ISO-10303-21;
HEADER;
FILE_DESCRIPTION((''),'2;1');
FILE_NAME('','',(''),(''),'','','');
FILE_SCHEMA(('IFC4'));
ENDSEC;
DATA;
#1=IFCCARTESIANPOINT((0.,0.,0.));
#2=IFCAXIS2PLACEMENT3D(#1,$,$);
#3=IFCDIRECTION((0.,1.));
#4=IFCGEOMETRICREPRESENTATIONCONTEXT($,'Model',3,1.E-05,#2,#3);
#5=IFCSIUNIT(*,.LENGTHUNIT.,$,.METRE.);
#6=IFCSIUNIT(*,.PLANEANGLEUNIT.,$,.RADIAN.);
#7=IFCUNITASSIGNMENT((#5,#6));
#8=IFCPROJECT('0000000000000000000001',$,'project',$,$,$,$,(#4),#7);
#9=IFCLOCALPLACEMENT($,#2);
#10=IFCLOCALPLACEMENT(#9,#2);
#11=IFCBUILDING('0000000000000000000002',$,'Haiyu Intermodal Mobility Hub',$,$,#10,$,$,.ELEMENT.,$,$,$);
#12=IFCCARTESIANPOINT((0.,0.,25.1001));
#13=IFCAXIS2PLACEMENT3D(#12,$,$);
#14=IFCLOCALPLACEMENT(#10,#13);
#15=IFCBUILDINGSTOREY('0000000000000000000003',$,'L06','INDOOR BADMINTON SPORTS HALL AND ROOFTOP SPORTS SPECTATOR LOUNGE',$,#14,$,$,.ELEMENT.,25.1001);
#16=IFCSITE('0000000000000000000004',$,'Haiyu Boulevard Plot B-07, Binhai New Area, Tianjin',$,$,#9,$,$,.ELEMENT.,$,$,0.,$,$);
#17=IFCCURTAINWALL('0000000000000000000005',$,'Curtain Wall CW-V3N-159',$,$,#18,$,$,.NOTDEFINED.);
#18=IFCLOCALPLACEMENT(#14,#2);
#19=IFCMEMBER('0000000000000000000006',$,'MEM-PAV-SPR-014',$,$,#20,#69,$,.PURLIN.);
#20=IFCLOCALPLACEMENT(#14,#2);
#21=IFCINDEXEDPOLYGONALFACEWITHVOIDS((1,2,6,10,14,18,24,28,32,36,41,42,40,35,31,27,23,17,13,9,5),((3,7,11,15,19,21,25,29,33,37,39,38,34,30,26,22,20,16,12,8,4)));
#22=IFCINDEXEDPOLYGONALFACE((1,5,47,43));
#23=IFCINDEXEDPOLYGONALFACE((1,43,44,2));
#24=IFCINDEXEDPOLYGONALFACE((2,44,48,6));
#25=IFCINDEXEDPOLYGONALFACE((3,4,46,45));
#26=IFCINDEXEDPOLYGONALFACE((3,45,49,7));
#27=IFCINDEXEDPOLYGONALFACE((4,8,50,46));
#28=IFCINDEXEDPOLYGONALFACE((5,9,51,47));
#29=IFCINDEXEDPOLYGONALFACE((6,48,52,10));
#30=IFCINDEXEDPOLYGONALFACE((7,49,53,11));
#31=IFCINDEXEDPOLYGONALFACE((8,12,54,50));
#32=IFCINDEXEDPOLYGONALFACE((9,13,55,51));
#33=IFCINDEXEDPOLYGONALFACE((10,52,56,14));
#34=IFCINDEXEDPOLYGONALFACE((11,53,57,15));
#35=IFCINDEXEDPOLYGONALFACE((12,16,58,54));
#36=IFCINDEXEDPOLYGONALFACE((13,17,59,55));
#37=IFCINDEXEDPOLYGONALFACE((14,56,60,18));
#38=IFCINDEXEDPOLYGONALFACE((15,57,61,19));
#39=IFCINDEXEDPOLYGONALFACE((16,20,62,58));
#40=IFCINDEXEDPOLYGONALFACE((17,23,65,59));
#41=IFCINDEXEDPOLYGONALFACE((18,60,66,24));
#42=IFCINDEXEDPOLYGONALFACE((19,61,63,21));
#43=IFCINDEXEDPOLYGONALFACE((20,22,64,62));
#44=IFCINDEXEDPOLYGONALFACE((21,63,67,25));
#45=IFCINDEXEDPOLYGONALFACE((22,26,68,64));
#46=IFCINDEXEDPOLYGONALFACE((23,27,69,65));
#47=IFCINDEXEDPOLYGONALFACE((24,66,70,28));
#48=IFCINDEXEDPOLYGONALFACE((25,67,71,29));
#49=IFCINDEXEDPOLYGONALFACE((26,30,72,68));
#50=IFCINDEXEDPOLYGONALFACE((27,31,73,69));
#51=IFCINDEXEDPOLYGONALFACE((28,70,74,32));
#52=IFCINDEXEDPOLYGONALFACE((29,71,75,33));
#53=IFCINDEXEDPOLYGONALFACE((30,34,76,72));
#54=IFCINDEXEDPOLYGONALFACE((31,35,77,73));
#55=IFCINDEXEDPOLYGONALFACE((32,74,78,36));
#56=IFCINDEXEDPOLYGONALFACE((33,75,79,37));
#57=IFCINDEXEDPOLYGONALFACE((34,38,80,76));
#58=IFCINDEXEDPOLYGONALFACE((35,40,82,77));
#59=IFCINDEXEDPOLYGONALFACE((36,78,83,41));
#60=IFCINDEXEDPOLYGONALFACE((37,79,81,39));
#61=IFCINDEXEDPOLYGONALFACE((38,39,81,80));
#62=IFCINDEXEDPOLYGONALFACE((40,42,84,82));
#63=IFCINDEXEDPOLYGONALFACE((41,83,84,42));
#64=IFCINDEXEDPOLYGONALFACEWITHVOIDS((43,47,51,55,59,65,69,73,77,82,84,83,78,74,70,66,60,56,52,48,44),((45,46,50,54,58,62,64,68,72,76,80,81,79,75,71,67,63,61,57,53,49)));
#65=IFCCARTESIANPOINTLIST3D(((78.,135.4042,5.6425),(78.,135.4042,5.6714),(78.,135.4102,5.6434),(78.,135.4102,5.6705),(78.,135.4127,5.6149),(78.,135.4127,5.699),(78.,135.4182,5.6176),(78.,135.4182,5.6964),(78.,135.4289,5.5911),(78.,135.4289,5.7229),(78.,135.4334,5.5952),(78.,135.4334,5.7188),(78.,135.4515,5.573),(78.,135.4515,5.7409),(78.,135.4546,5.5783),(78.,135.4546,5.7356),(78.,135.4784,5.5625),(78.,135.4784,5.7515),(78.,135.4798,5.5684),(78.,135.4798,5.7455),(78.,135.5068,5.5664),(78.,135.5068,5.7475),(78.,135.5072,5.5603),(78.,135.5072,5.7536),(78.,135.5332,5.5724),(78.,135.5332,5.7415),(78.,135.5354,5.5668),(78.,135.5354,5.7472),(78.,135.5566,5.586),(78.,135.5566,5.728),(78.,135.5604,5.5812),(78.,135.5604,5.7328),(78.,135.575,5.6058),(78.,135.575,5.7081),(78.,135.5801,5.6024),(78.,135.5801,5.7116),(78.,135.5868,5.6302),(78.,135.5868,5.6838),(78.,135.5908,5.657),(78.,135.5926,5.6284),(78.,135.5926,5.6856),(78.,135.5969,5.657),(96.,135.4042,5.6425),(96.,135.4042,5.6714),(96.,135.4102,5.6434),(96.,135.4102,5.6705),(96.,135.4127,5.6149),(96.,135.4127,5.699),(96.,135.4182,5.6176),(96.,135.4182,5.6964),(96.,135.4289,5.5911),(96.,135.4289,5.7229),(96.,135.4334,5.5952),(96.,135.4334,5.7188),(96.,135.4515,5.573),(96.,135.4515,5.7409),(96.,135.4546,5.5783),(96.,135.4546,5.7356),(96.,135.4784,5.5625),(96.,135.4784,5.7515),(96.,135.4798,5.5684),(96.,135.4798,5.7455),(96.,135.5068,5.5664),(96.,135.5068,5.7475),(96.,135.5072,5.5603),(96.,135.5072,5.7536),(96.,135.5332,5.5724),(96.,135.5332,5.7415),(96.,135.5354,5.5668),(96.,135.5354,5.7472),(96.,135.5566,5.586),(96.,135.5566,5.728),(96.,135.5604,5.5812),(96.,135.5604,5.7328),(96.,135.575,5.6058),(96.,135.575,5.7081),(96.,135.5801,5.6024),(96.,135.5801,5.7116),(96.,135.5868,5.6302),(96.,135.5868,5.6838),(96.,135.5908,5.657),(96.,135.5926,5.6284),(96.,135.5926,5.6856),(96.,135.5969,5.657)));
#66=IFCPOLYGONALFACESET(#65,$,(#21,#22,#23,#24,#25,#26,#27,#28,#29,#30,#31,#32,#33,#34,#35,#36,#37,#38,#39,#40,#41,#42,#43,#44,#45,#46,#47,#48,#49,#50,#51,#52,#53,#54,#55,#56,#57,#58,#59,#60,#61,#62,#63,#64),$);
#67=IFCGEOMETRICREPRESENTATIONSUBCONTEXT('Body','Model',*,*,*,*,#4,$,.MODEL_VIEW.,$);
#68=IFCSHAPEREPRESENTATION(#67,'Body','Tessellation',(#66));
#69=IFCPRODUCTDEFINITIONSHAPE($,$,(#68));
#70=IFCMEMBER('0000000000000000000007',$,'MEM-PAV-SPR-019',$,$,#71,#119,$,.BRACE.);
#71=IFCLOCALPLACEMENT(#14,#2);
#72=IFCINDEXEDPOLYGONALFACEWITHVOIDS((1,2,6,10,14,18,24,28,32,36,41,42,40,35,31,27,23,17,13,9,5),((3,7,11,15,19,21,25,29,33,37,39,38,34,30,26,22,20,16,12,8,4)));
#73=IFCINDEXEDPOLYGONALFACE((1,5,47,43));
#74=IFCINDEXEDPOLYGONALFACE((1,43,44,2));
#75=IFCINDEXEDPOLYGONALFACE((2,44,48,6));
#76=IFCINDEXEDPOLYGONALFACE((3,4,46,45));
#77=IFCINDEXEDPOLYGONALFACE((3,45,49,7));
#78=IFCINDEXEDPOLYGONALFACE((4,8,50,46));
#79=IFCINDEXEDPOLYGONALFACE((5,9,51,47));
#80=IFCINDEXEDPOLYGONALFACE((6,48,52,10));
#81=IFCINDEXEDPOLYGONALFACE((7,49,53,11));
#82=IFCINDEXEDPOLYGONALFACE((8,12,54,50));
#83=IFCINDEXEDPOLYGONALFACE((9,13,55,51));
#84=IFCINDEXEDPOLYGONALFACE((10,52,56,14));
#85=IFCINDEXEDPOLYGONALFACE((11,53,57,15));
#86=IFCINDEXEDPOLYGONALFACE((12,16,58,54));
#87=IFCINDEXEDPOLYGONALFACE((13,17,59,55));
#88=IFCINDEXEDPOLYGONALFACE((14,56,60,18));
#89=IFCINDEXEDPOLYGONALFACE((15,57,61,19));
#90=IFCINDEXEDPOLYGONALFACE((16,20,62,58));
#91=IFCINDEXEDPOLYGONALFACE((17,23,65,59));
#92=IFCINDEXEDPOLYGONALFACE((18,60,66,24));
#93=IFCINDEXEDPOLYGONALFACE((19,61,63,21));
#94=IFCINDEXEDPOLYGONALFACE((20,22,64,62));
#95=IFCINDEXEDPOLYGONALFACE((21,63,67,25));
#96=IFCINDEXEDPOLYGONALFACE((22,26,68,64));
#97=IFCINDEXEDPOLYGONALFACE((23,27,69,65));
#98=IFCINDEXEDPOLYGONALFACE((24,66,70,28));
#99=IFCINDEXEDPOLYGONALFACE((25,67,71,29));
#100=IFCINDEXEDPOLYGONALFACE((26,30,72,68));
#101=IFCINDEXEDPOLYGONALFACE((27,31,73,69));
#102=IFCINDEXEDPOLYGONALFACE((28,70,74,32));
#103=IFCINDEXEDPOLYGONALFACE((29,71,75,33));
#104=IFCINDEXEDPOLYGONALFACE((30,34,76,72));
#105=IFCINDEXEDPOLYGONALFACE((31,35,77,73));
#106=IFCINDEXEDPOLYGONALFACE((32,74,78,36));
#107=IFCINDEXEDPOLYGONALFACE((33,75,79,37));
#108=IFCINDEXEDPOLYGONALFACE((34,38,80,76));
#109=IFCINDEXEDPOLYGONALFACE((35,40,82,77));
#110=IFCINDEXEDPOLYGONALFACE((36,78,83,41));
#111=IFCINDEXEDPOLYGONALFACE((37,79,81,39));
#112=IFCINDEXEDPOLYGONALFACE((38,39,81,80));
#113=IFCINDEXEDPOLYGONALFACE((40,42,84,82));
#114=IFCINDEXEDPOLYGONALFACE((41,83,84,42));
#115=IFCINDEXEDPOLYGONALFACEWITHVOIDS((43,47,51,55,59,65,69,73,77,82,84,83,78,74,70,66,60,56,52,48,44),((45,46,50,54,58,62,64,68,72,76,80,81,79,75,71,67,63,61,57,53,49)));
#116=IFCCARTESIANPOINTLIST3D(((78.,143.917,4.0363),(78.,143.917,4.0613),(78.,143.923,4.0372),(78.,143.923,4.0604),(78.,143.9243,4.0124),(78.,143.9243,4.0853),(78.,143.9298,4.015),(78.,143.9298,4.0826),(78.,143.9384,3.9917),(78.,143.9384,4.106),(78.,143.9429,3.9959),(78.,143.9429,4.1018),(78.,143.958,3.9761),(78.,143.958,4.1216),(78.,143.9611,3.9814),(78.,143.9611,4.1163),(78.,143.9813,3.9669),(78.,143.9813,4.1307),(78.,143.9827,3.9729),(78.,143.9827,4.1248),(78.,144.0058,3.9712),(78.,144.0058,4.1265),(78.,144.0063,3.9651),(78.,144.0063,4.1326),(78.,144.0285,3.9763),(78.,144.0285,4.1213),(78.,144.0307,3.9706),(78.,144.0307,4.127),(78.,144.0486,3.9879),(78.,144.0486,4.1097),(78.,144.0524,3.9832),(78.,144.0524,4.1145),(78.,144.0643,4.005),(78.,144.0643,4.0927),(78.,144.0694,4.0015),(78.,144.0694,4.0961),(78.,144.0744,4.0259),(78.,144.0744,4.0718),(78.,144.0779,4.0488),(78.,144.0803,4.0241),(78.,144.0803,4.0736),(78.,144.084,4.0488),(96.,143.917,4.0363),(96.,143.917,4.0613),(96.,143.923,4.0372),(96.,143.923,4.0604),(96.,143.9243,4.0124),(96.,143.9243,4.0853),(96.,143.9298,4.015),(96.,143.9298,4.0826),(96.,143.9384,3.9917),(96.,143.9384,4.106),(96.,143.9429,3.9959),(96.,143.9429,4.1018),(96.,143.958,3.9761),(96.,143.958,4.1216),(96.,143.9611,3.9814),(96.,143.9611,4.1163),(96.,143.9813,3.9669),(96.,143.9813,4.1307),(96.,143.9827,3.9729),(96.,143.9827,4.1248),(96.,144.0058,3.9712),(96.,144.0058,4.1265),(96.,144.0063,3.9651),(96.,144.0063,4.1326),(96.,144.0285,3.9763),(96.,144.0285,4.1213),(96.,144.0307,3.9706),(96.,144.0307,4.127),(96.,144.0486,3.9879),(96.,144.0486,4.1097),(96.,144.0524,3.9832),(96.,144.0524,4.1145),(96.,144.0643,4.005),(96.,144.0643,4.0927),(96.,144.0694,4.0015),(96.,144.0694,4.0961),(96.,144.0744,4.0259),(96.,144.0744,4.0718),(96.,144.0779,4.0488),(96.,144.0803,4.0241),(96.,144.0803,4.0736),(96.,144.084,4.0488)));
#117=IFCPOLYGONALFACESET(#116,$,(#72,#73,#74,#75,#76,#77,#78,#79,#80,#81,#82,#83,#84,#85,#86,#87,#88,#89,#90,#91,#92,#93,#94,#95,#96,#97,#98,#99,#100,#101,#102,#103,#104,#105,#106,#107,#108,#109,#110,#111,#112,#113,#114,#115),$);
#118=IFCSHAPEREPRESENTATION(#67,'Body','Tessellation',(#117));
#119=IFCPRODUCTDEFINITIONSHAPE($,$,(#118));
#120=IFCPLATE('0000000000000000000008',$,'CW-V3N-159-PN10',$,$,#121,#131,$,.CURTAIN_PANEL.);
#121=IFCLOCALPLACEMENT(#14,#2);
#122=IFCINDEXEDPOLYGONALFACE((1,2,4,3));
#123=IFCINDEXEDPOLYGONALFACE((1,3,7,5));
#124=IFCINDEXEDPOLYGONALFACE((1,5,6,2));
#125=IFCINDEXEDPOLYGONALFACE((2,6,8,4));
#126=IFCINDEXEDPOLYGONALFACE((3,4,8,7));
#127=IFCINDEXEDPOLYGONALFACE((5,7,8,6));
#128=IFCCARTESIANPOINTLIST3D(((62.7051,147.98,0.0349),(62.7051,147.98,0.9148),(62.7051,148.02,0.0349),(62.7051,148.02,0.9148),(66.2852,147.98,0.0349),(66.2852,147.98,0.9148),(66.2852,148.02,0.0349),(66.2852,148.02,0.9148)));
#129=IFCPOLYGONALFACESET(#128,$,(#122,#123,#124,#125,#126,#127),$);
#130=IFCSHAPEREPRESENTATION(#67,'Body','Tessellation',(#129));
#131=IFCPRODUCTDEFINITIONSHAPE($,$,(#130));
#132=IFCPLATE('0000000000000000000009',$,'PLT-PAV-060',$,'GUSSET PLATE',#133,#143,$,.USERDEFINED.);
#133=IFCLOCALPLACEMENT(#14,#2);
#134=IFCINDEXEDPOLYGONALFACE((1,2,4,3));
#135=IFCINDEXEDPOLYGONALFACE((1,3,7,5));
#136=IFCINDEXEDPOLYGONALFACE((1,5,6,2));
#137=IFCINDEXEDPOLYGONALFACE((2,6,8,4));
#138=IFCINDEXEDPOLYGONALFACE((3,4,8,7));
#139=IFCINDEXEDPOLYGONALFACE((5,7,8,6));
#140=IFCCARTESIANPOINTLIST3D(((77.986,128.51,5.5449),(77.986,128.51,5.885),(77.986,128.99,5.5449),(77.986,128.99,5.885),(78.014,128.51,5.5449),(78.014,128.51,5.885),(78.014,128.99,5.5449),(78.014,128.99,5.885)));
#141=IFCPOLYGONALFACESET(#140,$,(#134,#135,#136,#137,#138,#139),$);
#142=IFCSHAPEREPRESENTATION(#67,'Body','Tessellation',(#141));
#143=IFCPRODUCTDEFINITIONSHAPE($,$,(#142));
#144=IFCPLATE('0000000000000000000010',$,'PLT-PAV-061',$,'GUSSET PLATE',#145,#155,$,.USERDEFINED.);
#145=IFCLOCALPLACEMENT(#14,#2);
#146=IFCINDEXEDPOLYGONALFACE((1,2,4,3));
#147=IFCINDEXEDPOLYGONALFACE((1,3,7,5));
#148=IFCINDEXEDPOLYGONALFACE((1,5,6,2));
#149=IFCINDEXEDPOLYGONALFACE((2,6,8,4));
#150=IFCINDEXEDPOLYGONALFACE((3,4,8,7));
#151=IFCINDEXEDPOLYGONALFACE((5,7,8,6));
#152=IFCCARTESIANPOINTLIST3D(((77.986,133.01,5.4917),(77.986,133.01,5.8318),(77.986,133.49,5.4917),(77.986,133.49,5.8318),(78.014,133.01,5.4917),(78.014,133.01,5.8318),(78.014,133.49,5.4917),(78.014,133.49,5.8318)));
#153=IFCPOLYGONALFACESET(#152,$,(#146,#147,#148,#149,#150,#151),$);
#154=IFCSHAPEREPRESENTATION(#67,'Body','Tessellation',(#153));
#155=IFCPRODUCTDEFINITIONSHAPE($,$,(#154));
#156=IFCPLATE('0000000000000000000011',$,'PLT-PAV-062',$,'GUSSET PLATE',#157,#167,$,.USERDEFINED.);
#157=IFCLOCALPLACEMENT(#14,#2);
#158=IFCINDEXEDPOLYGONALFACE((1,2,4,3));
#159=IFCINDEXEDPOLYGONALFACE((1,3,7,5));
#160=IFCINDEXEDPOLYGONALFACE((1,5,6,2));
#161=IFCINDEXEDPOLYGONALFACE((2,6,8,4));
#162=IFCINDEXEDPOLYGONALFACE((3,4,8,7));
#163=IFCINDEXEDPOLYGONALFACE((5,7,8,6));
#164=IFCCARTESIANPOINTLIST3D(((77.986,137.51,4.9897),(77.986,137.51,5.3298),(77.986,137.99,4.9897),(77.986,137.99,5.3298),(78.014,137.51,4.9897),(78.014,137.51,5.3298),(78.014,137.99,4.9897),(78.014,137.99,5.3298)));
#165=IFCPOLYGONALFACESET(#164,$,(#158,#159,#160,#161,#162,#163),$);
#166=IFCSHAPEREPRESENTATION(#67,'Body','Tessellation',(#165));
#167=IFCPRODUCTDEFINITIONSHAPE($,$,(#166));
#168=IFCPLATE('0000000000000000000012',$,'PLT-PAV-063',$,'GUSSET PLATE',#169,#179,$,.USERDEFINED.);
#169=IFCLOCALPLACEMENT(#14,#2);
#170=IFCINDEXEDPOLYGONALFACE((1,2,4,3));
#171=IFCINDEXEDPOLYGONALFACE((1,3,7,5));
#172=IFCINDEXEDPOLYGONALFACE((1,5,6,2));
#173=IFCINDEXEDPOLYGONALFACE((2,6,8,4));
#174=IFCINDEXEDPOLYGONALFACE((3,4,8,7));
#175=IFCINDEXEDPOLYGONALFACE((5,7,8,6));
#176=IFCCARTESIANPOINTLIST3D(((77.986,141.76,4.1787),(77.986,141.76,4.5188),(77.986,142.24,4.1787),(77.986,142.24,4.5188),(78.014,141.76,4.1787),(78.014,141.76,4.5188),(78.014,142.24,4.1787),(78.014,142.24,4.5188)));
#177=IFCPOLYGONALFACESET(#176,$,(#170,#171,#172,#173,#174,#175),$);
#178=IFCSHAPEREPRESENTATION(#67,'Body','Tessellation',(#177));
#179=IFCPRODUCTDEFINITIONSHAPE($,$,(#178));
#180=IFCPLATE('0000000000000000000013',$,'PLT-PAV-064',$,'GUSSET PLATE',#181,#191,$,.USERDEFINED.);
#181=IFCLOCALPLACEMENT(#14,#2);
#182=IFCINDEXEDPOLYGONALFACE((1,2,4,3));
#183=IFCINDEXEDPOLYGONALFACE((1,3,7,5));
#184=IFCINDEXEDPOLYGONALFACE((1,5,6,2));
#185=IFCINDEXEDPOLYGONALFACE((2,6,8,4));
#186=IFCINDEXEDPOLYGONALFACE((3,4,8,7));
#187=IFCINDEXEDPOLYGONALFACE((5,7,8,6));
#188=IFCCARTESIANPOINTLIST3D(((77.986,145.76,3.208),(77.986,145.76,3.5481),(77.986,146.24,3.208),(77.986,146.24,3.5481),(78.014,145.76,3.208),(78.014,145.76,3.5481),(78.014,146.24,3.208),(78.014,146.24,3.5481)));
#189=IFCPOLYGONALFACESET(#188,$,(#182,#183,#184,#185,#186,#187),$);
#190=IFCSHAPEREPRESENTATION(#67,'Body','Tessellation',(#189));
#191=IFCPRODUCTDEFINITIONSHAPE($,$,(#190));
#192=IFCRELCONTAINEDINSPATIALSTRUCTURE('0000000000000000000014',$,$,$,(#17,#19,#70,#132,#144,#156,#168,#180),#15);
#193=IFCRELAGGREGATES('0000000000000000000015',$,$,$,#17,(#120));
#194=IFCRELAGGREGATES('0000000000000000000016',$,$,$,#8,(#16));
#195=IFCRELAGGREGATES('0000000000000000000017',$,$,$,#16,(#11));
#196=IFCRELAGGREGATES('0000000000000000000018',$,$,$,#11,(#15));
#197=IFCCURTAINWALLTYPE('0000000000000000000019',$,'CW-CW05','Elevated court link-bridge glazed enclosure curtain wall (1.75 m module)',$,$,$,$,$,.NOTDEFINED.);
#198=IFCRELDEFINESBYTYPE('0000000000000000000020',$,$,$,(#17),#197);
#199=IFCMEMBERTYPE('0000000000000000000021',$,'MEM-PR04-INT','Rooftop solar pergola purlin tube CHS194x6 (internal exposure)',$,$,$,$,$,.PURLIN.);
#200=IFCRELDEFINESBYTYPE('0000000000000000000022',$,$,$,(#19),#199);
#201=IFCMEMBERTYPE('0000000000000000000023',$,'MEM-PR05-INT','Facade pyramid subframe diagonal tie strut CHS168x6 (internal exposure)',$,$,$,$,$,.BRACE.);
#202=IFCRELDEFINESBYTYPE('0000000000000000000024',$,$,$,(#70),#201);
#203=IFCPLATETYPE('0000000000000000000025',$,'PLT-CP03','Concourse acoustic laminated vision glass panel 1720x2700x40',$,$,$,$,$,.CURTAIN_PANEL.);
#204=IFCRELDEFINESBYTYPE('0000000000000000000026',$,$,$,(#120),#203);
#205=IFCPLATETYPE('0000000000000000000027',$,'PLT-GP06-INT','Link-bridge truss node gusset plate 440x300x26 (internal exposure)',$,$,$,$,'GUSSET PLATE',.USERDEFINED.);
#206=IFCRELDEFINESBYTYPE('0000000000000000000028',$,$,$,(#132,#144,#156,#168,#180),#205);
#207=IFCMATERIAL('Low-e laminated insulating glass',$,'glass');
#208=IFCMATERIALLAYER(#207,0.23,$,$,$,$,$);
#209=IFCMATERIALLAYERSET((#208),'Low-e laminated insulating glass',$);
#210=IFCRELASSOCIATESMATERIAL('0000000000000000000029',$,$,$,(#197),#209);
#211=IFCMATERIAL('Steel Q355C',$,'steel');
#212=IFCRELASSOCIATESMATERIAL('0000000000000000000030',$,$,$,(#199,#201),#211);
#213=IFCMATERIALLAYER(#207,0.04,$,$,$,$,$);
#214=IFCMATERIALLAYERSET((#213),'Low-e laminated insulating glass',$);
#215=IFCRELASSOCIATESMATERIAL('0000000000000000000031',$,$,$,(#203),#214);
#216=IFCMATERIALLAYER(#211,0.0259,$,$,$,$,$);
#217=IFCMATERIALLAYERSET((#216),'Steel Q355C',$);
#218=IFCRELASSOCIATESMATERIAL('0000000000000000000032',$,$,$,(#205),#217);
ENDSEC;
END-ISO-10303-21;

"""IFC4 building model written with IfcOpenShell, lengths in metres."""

from ifc_helpers import new_model, si_unit, direction, frame, origin, origin_2d, place, context, subcontext, project, spatial, rectangle, hollow_circle, extrude, material, layer, layer_set, material_profile, profile_set, type_object, element, aggregate, save


model = new_model("IFC4")

# Units and contexts
model_context = context("Model", 3, precision=1e-05, world=origin(), true_north=direction((0.0, 1.0)))
body_context = subcontext(model_context, "Body", "Model", "MODEL_VIEW")
ifc_project = project(units=[si_unit("LENGTHUNIT", "METRE"), si_unit("PLANEANGLEUNIT", "RADIAN")], contexts=[model_context])

# Site, building, storey
site_placement = place(None, origin())
site = spatial("IfcSite", under=ifc_project, at=site_placement, Name="Haiyu Boulevard Plot B-07, Binhai New Area, Tianjin", CompositionType="ELEMENT", RefElevation=0.0)
building_placement = place(site_placement, origin())
building = spatial("IfcBuilding", under=site, at=building_placement, Name="Haiyu Intermodal Mobility Hub", CompositionType="ELEMENT")
storey_placement = place(building_placement, frame((0.0, 0.0, 25.1001)))
storey = spatial("IfcBuildingStorey", under=building, at=storey_placement, Name="L06", Description="INDOOR BADMINTON SPORTS HALL AND ROOFTOP SPORTS SPECTATOR LOUNGE", CompositionType="ELEMENT", Elevation=25.1001)

# Curtain wall
ifc_material_1 = material(Name="Low-e laminated insulating glass", Category="glass")
ifc_layer_1 = layer(ifc_material_1, 0.23)
ifc_layer_set_1 = layer_set([ifc_layer_1], Name="Low-e laminated insulating glass")
curtain_wall_type = type_object("IfcCurtainWallType", Name="CW-CW05", Description="Elevated court link-bridge glazed enclosure curtain wall (1.75 m module)", PredefinedType="NOTDEFINED", material=ifc_layer_set_1)
curtain_wall_placement = place(storey_placement, origin())
curtain_wall = element("IfcCurtainWall", 1, at=curtain_wall_placement, inside=storey, type_object=curtain_wall_type, Name="Curtain Wall CW-V3N-159", PredefinedType="NOTDEFINED")

# Members
ifc_material_2 = material(Name="Steel Q355C", Category="steel")
ifc_material_profile_1 = material_profile(ifc_material_2, hollow_circle(Radius=0.0969, WallThickness=0.0061, at=origin_2d()), Name="CHS194x6")
ifc_profile_set_1 = profile_set([ifc_material_profile_1], Name="Steel Q355C")
member_type_1 = type_object("IfcMemberType", Name="MEM-PR04-INT", Description="Rooftop solar pergola purlin tube CHS194x6 (internal exposure)", PredefinedType="PURLIN", material=ifc_profile_set_1)
member_1_placement = place(storey_placement, frame((78.0, 135.5, 5.657), z_axis=(1.0, 0.0, 0.0), x_axis=(0.0, 1.0, 0.0)))
element("IfcMember", 2, at=member_1_placement, inside=storey, type_object=member_type_1, Name="MEM-PAV-SPR-014", PredefinedType="PURLIN", context=body_context, shape_type="SweptSolid", body=[
    extrude(hollow_circle(Radius=0.0969, WallThickness=0.0061, at=origin_2d()), origin(), (0.0, 0.0, 1.0), 18.0),
])
ifc_material_profile_2 = material_profile(ifc_material_2, hollow_circle(Radius=0.084, WallThickness=0.0061, at=origin_2d()), Name="CHS168x6")
ifc_profile_set_2 = profile_set([ifc_material_profile_2], Name="Steel Q355C")
member_type_2 = type_object("IfcMemberType", Name="MEM-PR05-INT", Description="Facade pyramid subframe diagonal tie strut CHS168x6 (internal exposure)", PredefinedType="BRACE", material=ifc_profile_set_2)
member_2_placement = place(storey_placement, frame((78.0, 144.0, 4.0488), z_axis=(1.0, 0.0, 0.0), x_axis=(0.0, 1.0, 0.0)))
element("IfcMember", 3, at=member_2_placement, inside=storey, type_object=member_type_2, Name="MEM-PAV-SPR-019", PredefinedType="BRACE", context=body_context, shape_type="SweptSolid", body=[
    extrude(hollow_circle(Radius=0.084, WallThickness=0.0061, at=origin_2d()), origin(), (0.0, 0.0, 1.0), 18.0),
])

# Plate
ifc_layer_2 = layer(ifc_material_1, 0.04)
ifc_layer_set_2 = layer_set([ifc_layer_2], Name="Low-e laminated insulating glass")
plate_type_1 = type_object("IfcPlateType", Name="PLT-CP03", Description="Concourse acoustic laminated vision glass panel 1720x2700x40", PredefinedType="CURTAIN_PANEL", material=ifc_layer_set_2)
plate_placement = place(storey_placement, frame((64.4951, 148.0, 0.0349), z_axis=(0.0, 0.0, 1.0), x_axis=(-1.0, 0.0, 0.0)))
plate = element("IfcPlate", 4, at=plate_placement, type_object=plate_type_1, Name="CW-V3N-159-PN10", PredefinedType="CURTAIN_PANEL", context=body_context, shape_type="SweptSolid", body=[
    extrude(rectangle(XDim=3.5801, YDim=0.04, at=origin_2d()), origin(), (0.0, 0.0, 1.0), 0.8799),
])
aggregate(curtain_wall, [plate])

# Plates
ifc_layer_3 = layer(ifc_material_2, 0.0259)
ifc_layer_set_3 = layer_set([ifc_layer_3], Name="Steel Q355C")
plate_type_2 = type_object("IfcPlateType", Name="PLT-GP06-INT", Description="Link-bridge truss node gusset plate 440x300x26 (internal exposure)", ElementType="GUSSET PLATE", PredefinedType="USERDEFINED", material=ifc_layer_set_3)
for number, where, z_axis, x_axis, name in (
    (5, (78.0, 128.75, 5.5449), (0.0, 0.0, 1.0), (1.0, 0.0, 0.0), "PLT-PAV-060"),
    (6, (78.0, 133.25, 5.4917), (0.0, 0.0, 1.0), (1.0, 0.0, 0.0), "PLT-PAV-061"),
    (7, (78.0, 137.75, 4.9897), (0.0, 0.0, 1.0), (1.0, 0.0, 0.0), "PLT-PAV-062"),
    (8, (78.0, 142.0, 4.1787), (0.0, 0.0, 1.0), (1.0, 0.0, 0.0), "PLT-PAV-063"),
    (9, (78.0, 146.0, 3.208), (0.0, 0.0, 1.0), (1.0, 0.0, 0.0), "PLT-PAV-064"),
):
    element("IfcPlate", number, at=place(storey_placement, frame(where, z_axis=z_axis, x_axis=x_axis)), inside=storey, type_object=plate_type_2, Name=name, ObjectType="GUSSET PLATE", PredefinedType="USERDEFINED", context=body_context, shape_type="SweptSolid", body=[
        extrude(rectangle(XDim=0.0281, YDim=0.48, at=origin_2d()), origin(), (0.0, 0.0, 1.0), 0.3401),
    ])

save(model, "model.ifc")
